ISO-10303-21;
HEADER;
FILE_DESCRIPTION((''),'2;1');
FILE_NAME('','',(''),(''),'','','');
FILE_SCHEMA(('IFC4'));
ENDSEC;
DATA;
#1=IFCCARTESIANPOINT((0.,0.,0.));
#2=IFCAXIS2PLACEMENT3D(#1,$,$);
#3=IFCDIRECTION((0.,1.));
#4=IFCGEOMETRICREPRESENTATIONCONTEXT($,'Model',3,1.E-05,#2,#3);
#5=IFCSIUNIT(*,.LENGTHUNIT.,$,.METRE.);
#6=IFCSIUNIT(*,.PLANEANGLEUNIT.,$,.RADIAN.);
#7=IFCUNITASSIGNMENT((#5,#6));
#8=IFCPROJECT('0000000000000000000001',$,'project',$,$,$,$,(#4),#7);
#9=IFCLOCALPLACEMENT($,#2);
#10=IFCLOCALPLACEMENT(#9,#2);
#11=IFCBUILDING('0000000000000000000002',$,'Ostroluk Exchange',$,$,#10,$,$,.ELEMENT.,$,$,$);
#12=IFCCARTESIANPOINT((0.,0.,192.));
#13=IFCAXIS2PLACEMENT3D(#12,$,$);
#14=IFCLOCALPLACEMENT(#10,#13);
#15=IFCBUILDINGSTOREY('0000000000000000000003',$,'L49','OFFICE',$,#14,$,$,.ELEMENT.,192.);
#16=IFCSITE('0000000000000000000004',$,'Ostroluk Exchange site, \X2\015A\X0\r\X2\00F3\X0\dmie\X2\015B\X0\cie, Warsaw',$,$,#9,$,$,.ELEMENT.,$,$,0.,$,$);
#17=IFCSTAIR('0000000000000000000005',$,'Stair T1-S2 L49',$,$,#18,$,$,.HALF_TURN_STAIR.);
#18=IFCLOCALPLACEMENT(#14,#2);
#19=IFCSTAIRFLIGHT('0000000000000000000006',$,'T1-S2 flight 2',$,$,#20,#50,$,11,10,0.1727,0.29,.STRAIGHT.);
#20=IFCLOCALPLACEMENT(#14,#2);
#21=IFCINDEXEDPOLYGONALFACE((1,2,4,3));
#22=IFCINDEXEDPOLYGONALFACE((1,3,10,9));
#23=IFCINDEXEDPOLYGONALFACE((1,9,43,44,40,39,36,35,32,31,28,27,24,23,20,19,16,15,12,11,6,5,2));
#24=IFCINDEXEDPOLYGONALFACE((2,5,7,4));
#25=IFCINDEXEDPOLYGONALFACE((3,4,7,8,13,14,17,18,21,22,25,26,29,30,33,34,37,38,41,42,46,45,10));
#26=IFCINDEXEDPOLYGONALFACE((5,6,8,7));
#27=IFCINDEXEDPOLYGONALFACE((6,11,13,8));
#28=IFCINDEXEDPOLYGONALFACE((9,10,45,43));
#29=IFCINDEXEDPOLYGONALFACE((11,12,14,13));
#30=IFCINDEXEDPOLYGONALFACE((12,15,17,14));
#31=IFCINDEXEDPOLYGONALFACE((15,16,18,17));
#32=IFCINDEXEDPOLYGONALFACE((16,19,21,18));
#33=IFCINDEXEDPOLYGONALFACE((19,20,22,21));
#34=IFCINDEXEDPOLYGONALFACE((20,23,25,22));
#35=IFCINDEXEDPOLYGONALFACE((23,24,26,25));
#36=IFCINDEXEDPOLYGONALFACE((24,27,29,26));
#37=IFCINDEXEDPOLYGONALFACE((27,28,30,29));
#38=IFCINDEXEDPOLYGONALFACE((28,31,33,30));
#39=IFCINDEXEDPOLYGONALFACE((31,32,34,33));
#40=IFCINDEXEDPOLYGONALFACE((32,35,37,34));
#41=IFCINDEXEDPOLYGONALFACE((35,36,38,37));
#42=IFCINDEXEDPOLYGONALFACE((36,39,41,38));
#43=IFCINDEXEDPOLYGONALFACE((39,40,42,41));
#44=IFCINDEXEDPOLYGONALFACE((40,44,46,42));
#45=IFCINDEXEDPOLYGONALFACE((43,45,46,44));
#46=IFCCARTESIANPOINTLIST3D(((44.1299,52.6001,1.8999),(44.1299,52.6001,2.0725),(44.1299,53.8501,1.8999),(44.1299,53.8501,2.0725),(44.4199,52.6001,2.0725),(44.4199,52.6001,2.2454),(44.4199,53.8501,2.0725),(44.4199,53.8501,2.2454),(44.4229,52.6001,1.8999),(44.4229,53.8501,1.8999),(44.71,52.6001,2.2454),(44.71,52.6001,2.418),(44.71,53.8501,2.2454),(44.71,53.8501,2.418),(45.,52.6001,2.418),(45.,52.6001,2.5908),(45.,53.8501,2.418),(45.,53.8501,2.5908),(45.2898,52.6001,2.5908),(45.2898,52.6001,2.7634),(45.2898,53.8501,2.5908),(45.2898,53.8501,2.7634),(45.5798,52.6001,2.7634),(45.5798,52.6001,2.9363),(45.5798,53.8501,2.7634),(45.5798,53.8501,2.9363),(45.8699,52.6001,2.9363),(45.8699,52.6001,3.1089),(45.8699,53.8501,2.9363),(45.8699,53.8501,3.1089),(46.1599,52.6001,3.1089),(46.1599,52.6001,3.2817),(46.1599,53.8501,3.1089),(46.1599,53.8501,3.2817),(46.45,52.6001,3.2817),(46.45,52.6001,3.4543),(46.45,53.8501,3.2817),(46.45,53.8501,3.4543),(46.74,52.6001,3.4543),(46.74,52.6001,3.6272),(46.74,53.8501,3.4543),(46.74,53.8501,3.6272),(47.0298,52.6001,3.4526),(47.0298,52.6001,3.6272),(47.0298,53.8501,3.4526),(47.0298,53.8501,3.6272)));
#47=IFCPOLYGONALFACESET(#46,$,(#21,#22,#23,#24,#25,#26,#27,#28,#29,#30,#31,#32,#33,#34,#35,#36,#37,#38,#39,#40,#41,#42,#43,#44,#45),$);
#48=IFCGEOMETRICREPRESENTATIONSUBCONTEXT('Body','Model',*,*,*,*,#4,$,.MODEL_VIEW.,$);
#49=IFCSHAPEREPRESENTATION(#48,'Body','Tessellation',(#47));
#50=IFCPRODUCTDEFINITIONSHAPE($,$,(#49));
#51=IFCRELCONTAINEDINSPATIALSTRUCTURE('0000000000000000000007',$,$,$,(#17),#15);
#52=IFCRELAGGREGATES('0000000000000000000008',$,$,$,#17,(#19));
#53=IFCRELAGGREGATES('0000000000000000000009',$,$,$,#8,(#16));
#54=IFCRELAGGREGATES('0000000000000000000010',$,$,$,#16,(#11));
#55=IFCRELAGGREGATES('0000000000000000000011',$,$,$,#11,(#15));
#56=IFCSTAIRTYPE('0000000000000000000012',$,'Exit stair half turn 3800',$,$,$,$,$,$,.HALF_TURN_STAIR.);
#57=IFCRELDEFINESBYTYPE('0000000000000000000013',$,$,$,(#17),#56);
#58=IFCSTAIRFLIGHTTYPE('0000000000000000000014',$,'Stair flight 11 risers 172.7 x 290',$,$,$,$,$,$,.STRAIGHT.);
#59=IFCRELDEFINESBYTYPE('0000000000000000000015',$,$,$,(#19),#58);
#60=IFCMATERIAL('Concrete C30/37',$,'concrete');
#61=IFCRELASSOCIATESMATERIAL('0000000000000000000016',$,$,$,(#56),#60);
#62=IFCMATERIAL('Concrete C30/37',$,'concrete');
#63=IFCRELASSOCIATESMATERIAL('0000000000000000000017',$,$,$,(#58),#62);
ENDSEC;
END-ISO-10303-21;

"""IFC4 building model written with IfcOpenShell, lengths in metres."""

from ifc_helpers import new_model, si_unit, direction, frame, origin, place, context, subcontext, project, spatial, polyline, outline, extrude, material, type_object, element, aggregate, save


model = new_model("IFC4")

# Units and contexts
model_context = context("Model", 3, precision=1e-05, world=origin(), true_north=direction((0.0, 1.0)))
body_context = subcontext(model_context, "Body", "Model", "MODEL_VIEW")
ifc_project = project(units=[si_unit("LENGTHUNIT", "METRE"), si_unit("PLANEANGLEUNIT", "RADIAN")], contexts=[model_context])

# Site, building, storey
site_placement = place(None, origin())
site = spatial("IfcSite", under=ifc_project, at=site_placement, Name="Ostroluk Exchange site, Śródmieście, Warsaw", CompositionType="ELEMENT", RefElevation=0.0)
building_placement = place(site_placement, origin())
building = spatial("IfcBuilding", under=site, at=building_placement, Name="Ostroluk Exchange", CompositionType="ELEMENT")
storey_placement = place(building_placement, frame((0.0, 0.0, 192.0)))
storey = spatial("IfcBuildingStorey", under=building, at=storey_placement, Name="L49", Description="OFFICE", CompositionType="ELEMENT", Elevation=192.0)

# Stair, stair flight
ifc_material_1 = material(Name="Concrete C30/37", Category="concrete")
stair_type = type_object("IfcStairType", Name="Exit stair half turn 3800", PredefinedType="HALF_TURN_STAIR", material=ifc_material_1)
stair_placement = place(storey_placement, origin())
stair = element("IfcStair", 1, at=stair_placement, inside=storey, type_object=stair_type, Name="Stair T1-S2 L49", PredefinedType="HALF_TURN_STAIR")
ifc_material_2 = material(Name="Concrete C30/37", Category="concrete")
stair_flight_type = type_object("IfcStairFlightType", Name="Stair flight 11 risers 172.7 x 290", PredefinedType="STRAIGHT", material=ifc_material_2)
stair_flight_placement = place(storey_placement, frame((44.1299, 53.2251, 1.8999), z_axis=(0.0, 0.0, 1.0), x_axis=(1.0, 0.0, 0.0)))
stair_flight = element("IfcStairFlight", 2, at=stair_flight_placement, type_object=stair_flight_type, Name="T1-S2 flight 2", NumberOfRisers=11, NumberOfTreads=10, PredefinedType="STRAIGHT", RiserHeight=0.1727, TreadLength=0.29, context=body_context, shape_type="SweptSolid", body=[
    extrude(outline(polyline([(0.0, 0.0), (0.0, 0.1726), (0.29, 0.1726), (0.29, 0.3455), (0.5801, 0.3455), (0.5801, 0.5181), (0.8701, 0.5181), (0.8701, 0.6909), (1.1599, 0.6909), (1.1599, 0.8635), (1.45, 0.8635), (1.45, 1.0364), (1.74, 1.0364), (1.74, 1.209), (2.03, 1.209), (2.03, 1.3818), (2.3201, 1.3818), (2.3201, 1.5544), (2.6101, 1.5544), (2.6101, 1.7273), (2.8999, 1.7273), (2.8999, 1.8999), (2.8999, 1.5527), (0.293, 0.0), (0.0, 0.0)])), frame((0.0, 0.625, 0.0), z_axis=(0.0, -1.0, 0.0), x_axis=(1.0, 0.0, 0.0)), (0.0, 0.0, 1.0), 1.25),
])
aggregate(stair, [stair_flight])

save(model, "model.ifc")
